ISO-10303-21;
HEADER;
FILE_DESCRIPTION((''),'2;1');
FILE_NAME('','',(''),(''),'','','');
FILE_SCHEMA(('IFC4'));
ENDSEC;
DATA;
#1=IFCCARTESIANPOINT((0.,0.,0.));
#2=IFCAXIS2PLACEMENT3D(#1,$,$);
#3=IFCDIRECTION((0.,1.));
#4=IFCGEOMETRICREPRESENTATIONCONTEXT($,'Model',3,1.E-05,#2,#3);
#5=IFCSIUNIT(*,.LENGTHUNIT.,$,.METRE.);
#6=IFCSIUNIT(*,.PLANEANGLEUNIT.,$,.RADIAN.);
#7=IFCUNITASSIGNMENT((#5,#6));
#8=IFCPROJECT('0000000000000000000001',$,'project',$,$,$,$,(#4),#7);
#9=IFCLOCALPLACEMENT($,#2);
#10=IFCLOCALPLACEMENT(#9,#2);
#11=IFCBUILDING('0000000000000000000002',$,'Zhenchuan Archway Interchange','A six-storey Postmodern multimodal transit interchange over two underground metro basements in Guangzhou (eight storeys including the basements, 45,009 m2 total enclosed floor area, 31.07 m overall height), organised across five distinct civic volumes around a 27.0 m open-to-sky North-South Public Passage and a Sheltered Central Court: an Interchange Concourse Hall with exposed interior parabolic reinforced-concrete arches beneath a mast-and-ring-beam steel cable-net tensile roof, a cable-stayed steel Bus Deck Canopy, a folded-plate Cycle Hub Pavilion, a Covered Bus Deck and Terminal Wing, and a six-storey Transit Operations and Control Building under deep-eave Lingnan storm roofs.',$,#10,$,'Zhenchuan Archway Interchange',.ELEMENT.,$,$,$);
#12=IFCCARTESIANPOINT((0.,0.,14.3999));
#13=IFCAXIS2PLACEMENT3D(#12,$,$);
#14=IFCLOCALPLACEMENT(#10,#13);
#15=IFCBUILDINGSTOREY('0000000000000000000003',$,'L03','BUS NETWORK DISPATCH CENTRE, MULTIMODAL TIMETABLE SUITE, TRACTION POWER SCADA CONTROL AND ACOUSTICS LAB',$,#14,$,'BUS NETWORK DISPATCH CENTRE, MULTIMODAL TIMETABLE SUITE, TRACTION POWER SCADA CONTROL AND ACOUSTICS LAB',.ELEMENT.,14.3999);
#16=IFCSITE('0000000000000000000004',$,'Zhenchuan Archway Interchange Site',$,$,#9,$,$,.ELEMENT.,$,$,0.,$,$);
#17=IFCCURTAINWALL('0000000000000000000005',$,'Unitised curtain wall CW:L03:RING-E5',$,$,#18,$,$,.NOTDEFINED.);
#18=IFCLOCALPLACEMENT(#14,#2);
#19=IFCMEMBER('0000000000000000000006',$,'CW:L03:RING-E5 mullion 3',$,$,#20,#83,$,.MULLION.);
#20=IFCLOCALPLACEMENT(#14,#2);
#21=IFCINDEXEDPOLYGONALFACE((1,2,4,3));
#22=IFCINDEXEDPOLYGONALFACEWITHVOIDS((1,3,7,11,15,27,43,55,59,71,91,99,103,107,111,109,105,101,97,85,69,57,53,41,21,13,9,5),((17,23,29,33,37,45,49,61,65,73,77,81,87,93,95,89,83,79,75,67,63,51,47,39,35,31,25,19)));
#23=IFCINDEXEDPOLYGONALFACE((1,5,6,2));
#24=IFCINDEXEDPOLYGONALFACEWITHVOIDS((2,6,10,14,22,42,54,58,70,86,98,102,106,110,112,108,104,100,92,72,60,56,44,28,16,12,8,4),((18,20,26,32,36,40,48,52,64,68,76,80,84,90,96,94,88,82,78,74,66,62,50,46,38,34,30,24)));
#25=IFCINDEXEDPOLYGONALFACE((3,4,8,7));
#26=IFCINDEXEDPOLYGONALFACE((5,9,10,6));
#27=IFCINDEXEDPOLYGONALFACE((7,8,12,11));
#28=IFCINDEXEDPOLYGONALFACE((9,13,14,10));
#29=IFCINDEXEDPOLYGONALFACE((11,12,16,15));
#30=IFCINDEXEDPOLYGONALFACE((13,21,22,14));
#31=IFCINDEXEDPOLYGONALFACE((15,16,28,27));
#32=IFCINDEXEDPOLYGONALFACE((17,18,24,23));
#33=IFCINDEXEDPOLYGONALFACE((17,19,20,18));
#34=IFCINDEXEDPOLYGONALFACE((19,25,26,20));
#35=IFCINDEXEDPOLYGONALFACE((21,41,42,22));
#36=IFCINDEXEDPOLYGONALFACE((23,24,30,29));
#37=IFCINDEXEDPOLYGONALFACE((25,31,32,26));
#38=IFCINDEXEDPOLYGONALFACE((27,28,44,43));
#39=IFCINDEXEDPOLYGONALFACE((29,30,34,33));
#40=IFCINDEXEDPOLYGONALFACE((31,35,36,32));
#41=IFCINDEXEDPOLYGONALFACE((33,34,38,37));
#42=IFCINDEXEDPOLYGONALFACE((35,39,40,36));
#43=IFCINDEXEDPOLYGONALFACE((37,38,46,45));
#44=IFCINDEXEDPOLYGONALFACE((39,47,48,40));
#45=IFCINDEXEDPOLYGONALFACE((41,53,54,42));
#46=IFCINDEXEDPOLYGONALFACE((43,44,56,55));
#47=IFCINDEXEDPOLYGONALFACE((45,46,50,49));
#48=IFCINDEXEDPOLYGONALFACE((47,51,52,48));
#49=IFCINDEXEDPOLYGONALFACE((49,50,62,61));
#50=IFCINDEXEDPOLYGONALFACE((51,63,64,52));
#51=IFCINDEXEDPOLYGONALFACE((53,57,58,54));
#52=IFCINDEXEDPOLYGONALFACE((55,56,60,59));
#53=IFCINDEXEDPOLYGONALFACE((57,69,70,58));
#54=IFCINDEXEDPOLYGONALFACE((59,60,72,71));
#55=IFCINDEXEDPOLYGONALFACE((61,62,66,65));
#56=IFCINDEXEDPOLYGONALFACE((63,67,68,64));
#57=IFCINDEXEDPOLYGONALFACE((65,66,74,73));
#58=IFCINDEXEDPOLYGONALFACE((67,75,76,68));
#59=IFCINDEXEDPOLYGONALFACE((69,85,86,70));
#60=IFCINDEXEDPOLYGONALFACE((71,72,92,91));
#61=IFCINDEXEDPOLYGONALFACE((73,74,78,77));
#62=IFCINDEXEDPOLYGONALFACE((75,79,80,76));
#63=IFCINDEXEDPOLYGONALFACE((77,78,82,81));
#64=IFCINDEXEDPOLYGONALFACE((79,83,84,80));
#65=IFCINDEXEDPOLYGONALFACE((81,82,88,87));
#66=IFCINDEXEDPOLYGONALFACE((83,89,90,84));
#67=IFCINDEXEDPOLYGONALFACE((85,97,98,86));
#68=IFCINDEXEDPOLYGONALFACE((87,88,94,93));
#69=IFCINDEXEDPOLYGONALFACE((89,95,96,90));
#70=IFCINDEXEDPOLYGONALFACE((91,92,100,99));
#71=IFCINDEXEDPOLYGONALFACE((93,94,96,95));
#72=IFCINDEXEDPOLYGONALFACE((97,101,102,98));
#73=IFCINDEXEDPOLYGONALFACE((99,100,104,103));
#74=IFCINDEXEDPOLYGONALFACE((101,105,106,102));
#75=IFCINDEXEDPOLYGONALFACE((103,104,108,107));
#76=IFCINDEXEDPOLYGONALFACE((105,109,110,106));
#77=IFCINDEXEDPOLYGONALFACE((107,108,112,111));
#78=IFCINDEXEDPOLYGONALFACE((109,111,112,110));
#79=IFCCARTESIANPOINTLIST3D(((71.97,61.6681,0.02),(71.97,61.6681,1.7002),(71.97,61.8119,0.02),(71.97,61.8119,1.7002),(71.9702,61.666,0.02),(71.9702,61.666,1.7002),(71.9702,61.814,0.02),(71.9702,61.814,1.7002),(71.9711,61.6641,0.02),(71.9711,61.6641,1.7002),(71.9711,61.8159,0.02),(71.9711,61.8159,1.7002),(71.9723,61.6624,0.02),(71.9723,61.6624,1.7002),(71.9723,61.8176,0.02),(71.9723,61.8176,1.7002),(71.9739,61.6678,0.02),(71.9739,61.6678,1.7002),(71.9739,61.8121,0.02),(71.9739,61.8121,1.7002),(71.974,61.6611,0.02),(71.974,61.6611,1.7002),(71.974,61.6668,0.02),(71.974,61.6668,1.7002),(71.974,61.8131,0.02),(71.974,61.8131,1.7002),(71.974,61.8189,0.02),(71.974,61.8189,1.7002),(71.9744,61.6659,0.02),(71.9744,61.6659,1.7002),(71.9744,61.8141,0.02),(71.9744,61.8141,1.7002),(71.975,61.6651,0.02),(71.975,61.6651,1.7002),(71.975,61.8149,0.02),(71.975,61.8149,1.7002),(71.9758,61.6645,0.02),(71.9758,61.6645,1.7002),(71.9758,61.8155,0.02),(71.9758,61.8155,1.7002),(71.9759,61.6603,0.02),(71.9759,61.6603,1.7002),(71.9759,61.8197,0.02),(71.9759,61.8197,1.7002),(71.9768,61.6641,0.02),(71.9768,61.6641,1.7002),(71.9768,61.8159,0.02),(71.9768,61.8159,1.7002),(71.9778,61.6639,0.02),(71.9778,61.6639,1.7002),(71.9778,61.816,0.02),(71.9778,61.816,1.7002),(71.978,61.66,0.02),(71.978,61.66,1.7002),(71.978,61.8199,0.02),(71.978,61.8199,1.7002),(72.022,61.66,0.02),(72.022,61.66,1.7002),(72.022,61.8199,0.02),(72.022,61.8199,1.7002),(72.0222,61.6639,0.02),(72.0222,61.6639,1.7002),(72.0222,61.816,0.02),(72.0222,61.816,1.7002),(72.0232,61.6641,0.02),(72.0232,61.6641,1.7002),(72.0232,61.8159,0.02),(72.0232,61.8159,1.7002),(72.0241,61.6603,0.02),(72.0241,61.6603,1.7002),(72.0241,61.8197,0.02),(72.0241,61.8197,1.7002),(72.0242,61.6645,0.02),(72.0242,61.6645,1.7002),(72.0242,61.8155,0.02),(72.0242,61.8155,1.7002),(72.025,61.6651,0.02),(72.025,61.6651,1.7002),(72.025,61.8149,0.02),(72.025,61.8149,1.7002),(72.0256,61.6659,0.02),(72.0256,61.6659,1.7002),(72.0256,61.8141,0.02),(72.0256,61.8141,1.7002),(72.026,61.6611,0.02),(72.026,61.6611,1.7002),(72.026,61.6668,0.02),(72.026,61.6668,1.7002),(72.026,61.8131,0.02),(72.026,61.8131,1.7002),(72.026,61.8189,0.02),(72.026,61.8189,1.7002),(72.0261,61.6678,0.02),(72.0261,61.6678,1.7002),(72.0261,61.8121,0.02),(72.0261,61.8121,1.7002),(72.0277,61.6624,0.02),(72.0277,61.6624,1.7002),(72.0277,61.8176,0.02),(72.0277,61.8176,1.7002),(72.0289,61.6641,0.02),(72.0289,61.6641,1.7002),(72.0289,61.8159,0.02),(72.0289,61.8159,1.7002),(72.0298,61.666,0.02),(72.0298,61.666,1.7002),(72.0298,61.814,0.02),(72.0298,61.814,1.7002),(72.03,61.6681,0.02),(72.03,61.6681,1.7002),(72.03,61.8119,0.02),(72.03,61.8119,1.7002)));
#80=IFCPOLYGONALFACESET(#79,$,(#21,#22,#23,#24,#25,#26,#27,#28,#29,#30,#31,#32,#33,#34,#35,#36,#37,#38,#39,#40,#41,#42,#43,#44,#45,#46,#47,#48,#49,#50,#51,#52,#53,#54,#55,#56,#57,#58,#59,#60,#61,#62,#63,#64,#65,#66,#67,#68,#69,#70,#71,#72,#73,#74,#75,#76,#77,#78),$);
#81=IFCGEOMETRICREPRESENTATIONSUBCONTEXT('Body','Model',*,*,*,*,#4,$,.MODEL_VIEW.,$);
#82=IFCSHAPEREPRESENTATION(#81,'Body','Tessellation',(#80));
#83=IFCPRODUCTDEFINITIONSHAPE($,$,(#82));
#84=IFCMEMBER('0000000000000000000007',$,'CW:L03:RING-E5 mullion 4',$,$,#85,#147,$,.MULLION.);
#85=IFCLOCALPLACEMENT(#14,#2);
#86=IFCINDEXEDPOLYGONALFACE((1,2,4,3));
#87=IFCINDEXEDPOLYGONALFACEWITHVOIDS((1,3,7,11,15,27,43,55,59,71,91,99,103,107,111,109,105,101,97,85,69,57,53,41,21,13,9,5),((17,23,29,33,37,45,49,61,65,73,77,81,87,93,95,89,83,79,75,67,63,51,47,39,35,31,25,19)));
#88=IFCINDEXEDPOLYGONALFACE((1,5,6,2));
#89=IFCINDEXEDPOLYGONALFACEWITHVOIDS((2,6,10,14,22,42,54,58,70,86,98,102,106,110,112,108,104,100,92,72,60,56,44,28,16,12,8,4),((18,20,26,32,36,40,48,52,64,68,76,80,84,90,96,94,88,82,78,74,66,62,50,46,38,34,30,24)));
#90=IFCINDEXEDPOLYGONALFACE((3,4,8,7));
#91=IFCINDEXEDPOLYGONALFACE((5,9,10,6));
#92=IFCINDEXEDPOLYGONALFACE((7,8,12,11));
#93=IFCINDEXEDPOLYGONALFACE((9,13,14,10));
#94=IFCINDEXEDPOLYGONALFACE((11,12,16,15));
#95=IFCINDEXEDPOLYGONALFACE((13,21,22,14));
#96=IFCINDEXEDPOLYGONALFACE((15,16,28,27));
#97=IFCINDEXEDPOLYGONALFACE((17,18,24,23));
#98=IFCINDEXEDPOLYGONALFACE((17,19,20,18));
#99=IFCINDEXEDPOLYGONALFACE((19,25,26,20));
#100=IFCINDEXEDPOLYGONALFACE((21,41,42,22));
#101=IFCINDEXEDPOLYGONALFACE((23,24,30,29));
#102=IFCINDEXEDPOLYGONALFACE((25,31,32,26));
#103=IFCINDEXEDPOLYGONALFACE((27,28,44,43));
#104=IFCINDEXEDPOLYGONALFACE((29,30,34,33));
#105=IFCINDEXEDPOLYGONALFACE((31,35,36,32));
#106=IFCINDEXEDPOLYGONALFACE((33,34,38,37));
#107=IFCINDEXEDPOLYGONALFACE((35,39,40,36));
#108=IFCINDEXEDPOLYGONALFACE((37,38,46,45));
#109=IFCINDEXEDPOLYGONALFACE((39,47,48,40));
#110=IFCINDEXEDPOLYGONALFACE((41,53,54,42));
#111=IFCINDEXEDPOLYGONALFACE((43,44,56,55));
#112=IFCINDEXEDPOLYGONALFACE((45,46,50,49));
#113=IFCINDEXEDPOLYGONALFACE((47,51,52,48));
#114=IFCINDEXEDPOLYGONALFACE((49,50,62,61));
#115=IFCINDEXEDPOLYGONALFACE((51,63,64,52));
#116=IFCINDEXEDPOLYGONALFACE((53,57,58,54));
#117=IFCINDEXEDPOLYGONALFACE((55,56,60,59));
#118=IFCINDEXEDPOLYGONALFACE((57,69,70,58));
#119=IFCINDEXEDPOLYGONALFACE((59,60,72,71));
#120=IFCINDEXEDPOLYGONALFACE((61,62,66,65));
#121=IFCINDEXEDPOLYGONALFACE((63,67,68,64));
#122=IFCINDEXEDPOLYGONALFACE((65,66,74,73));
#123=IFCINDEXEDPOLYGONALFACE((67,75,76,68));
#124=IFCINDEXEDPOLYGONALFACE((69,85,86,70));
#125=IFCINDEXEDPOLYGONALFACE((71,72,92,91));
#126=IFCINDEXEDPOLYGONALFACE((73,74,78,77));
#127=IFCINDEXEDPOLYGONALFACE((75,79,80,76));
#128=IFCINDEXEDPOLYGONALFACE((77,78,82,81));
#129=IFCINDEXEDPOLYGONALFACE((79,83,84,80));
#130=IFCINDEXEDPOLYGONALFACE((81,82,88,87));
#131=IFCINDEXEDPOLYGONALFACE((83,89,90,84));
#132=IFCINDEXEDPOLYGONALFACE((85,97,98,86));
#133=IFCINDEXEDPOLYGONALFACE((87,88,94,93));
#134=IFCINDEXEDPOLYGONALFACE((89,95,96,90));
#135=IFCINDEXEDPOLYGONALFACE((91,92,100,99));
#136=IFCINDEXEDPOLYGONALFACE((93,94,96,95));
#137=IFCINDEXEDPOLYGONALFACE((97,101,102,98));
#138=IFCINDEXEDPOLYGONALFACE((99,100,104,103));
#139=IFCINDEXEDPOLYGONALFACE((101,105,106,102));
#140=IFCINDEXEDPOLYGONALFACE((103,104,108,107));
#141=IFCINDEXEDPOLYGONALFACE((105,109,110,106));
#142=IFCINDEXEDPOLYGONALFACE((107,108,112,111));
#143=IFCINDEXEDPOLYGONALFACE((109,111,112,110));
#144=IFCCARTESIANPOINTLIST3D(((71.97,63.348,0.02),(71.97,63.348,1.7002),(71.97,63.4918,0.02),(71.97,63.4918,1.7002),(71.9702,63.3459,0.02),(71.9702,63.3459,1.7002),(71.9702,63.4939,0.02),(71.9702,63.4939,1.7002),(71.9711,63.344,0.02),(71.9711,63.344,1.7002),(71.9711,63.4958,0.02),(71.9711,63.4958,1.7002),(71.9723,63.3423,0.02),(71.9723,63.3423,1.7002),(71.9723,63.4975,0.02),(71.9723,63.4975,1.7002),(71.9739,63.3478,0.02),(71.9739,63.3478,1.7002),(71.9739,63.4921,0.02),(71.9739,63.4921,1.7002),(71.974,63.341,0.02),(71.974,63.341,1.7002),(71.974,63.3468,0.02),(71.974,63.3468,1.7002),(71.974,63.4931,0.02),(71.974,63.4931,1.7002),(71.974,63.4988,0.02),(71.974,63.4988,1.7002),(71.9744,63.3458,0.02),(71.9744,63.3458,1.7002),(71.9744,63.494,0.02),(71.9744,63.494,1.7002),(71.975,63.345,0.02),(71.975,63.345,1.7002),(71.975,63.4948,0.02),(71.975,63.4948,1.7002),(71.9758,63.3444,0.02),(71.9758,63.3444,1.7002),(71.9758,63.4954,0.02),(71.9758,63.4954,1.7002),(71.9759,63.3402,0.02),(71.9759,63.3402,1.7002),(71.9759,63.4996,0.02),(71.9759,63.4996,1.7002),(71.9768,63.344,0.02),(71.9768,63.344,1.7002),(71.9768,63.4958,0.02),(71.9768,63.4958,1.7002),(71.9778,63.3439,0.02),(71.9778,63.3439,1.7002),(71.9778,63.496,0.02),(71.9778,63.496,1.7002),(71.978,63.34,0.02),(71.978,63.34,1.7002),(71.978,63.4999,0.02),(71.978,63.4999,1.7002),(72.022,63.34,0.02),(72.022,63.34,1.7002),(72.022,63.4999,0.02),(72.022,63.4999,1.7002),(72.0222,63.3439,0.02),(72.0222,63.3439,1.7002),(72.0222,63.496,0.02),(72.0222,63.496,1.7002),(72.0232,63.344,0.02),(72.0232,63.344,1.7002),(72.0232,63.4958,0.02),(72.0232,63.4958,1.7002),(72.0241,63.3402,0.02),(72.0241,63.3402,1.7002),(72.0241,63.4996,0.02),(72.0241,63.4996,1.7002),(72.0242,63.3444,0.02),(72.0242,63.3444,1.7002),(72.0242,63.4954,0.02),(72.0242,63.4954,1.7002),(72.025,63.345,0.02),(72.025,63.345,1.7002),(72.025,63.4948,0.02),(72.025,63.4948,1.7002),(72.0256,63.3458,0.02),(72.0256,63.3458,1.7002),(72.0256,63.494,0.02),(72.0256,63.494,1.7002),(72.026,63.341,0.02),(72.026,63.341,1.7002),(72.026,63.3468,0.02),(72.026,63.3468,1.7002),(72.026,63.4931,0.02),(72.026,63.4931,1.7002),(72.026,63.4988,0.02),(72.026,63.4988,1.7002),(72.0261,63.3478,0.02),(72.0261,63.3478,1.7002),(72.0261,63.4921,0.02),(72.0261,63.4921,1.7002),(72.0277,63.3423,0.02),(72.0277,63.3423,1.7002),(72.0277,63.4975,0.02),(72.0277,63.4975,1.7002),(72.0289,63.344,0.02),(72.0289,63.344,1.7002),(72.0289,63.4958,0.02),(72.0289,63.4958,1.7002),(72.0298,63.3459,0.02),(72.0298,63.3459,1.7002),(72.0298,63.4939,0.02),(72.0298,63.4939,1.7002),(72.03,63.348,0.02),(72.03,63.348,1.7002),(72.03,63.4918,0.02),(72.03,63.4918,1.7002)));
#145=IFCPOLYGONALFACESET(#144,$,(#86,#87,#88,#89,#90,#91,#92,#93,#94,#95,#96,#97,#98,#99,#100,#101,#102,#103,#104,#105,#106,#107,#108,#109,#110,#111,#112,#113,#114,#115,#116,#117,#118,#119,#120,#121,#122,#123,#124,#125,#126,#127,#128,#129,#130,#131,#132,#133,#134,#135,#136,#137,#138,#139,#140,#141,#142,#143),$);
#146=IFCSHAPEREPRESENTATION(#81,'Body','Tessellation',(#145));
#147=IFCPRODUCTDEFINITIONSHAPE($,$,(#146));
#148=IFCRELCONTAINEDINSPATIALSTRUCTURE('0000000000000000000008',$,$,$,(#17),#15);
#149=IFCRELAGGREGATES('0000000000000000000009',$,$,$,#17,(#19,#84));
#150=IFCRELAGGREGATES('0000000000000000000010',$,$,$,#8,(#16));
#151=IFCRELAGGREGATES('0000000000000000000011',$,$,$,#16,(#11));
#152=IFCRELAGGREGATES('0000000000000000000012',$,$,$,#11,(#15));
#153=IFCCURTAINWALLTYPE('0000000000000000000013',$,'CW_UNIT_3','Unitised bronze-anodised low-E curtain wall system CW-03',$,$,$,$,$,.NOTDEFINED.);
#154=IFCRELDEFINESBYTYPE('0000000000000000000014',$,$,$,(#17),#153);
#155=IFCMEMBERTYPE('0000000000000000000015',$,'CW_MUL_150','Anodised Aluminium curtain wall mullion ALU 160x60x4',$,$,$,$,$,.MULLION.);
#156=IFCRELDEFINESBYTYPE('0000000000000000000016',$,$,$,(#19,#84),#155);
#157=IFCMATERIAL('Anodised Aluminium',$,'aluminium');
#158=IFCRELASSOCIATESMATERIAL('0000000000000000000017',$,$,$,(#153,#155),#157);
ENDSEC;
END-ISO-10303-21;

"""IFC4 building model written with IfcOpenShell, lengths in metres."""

from ifc_helpers import new_model, si_unit, direction, frame, origin, origin_2d, place, context, subcontext, project, spatial, hollow_rectangle, extrude, material, material_profile, profile_set, type_object, element, aggregate, save


model = new_model("IFC4")

# Units and contexts
model_context = context("Model", 3, precision=1e-05, world=origin(), true_north=direction((0.0, 1.0)))
body_context = subcontext(model_context, "Body", "Model", "MODEL_VIEW")
ifc_project = project(units=[si_unit("LENGTHUNIT", "METRE"), si_unit("PLANEANGLEUNIT", "RADIAN")], contexts=[model_context])

# Site, building, storey
site_placement = place(None, origin())
site = spatial("IfcSite", under=ifc_project, at=site_placement, Name="Zhenchuan Archway Interchange Site", CompositionType="ELEMENT", RefElevation=0.0)
building_placement = place(site_placement, origin())
building = spatial("IfcBuilding", under=site, at=building_placement, Name="Zhenchuan Archway Interchange", Description="A six-storey Postmodern multimodal transit interchange over two underground metro basements in Guangzhou (eight storeys including the basements, 45,009 m2 total enclosed floor area, 31.07 m overall height), organised across five distinct civic volumes around a 27.0 m open-to-sky North-South Public Passage and a Sheltered Central Court: an Interchange Concourse Hall with exposed interior parabolic reinforced-concrete arches beneath a mast-and-ring-beam steel cable-net tensile roof, a cable-stayed steel Bus Deck Canopy, a folded-plate Cycle Hub Pavilion, a Covered Bus Deck and Terminal Wing, and a six-storey Transit Operations and Control Building under deep-eave Lingnan storm roofs.", LongName="Zhenchuan Archway Interchange", CompositionType="ELEMENT")
storey_placement = place(building_placement, frame((0.0, 0.0, 14.3999)))
storey = spatial("IfcBuildingStorey", under=building, at=storey_placement, Name="L03", Description="BUS NETWORK DISPATCH CENTRE, MULTIMODAL TIMETABLE SUITE, TRACTION POWER SCADA CONTROL AND ACOUSTICS LAB", LongName="BUS NETWORK DISPATCH CENTRE, MULTIMODAL TIMETABLE SUITE, TRACTION POWER SCADA CONTROL AND ACOUSTICS LAB", CompositionType="ELEMENT", Elevation=14.3999)

# Curtain wall, members
ifc_material_1 = material(Name="Anodised Aluminium", Category="aluminium")
curtain_wall_type = type_object("IfcCurtainWallType", Name="CW_UNIT_3", Description="Unitised bronze-anodised low-E curtain wall system CW-03", PredefinedType="NOTDEFINED", material=ifc_material_1)
curtain_wall_1_placement = place(storey_placement, origin())
curtain_wall_1 = element("IfcCurtainWall", 1, at=curtain_wall_1_placement, inside=storey, type_object=curtain_wall_type, Name="Unitised curtain wall CW:L03:RING-E5", PredefinedType="NOTDEFINED")
ifc_material_profile_1 = material_profile(ifc_material_1, hollow_rectangle(XDim=0.0601, YDim=0.1599, WallThickness=0.0039, InnerFilletRadius=0.0039, OuterFilletRadius=0.0081, at=origin_2d()), Name="ALU 160x60x4")
ifc_profile_set_1 = profile_set([ifc_material_profile_1], Name="Anodised Aluminium")
member_type_1 = type_object("IfcMemberType", Name="CW_MUL_150", Description="Anodised Aluminium curtain wall mullion ALU 160x60x4", PredefinedType="MULLION", material=ifc_profile_set_1)
member_1_placement = place(storey_placement, frame((72.0, 61.74, 0.02), z_axis=(0.0, 0.0, 1.0), x_axis=(1.0, 0.0, 0.0)))
member_1 = element("IfcMember", 2, at=member_1_placement, type_object=member_type_1, Name="CW:L03:RING-E5 mullion 3", PredefinedType="MULLION", context=body_context, shape_type="SweptSolid", body=[
    extrude(hollow_rectangle(XDim=0.0601, YDim=0.1599, WallThickness=0.0039, InnerFilletRadius=0.0039, OuterFilletRadius=0.0081, at=origin_2d()), origin(), (0.0, 0.0, 1.0), 1.6802),
])
member_2_placement = place(storey_placement, frame((72.0, 63.4199, 0.02), z_axis=(0.0, 0.0, 1.0), x_axis=(1.0, 0.0, 0.0)))
member_2 = element("IfcMember", 3, at=member_2_placement, type_object=member_type_1, Name="CW:L03:RING-E5 mullion 4", PredefinedType="MULLION", context=body_context, shape_type="SweptSolid", body=[
    extrude(hollow_rectangle(XDim=0.0601, YDim=0.1599, WallThickness=0.0039, InnerFilletRadius=0.0039, OuterFilletRadius=0.0081, at=origin_2d()), origin(), (0.0, 0.0, 1.0), 1.6802),
])

aggregate(curtain_wall_1, [member_1, member_2])

save(model, "model.ifc")
